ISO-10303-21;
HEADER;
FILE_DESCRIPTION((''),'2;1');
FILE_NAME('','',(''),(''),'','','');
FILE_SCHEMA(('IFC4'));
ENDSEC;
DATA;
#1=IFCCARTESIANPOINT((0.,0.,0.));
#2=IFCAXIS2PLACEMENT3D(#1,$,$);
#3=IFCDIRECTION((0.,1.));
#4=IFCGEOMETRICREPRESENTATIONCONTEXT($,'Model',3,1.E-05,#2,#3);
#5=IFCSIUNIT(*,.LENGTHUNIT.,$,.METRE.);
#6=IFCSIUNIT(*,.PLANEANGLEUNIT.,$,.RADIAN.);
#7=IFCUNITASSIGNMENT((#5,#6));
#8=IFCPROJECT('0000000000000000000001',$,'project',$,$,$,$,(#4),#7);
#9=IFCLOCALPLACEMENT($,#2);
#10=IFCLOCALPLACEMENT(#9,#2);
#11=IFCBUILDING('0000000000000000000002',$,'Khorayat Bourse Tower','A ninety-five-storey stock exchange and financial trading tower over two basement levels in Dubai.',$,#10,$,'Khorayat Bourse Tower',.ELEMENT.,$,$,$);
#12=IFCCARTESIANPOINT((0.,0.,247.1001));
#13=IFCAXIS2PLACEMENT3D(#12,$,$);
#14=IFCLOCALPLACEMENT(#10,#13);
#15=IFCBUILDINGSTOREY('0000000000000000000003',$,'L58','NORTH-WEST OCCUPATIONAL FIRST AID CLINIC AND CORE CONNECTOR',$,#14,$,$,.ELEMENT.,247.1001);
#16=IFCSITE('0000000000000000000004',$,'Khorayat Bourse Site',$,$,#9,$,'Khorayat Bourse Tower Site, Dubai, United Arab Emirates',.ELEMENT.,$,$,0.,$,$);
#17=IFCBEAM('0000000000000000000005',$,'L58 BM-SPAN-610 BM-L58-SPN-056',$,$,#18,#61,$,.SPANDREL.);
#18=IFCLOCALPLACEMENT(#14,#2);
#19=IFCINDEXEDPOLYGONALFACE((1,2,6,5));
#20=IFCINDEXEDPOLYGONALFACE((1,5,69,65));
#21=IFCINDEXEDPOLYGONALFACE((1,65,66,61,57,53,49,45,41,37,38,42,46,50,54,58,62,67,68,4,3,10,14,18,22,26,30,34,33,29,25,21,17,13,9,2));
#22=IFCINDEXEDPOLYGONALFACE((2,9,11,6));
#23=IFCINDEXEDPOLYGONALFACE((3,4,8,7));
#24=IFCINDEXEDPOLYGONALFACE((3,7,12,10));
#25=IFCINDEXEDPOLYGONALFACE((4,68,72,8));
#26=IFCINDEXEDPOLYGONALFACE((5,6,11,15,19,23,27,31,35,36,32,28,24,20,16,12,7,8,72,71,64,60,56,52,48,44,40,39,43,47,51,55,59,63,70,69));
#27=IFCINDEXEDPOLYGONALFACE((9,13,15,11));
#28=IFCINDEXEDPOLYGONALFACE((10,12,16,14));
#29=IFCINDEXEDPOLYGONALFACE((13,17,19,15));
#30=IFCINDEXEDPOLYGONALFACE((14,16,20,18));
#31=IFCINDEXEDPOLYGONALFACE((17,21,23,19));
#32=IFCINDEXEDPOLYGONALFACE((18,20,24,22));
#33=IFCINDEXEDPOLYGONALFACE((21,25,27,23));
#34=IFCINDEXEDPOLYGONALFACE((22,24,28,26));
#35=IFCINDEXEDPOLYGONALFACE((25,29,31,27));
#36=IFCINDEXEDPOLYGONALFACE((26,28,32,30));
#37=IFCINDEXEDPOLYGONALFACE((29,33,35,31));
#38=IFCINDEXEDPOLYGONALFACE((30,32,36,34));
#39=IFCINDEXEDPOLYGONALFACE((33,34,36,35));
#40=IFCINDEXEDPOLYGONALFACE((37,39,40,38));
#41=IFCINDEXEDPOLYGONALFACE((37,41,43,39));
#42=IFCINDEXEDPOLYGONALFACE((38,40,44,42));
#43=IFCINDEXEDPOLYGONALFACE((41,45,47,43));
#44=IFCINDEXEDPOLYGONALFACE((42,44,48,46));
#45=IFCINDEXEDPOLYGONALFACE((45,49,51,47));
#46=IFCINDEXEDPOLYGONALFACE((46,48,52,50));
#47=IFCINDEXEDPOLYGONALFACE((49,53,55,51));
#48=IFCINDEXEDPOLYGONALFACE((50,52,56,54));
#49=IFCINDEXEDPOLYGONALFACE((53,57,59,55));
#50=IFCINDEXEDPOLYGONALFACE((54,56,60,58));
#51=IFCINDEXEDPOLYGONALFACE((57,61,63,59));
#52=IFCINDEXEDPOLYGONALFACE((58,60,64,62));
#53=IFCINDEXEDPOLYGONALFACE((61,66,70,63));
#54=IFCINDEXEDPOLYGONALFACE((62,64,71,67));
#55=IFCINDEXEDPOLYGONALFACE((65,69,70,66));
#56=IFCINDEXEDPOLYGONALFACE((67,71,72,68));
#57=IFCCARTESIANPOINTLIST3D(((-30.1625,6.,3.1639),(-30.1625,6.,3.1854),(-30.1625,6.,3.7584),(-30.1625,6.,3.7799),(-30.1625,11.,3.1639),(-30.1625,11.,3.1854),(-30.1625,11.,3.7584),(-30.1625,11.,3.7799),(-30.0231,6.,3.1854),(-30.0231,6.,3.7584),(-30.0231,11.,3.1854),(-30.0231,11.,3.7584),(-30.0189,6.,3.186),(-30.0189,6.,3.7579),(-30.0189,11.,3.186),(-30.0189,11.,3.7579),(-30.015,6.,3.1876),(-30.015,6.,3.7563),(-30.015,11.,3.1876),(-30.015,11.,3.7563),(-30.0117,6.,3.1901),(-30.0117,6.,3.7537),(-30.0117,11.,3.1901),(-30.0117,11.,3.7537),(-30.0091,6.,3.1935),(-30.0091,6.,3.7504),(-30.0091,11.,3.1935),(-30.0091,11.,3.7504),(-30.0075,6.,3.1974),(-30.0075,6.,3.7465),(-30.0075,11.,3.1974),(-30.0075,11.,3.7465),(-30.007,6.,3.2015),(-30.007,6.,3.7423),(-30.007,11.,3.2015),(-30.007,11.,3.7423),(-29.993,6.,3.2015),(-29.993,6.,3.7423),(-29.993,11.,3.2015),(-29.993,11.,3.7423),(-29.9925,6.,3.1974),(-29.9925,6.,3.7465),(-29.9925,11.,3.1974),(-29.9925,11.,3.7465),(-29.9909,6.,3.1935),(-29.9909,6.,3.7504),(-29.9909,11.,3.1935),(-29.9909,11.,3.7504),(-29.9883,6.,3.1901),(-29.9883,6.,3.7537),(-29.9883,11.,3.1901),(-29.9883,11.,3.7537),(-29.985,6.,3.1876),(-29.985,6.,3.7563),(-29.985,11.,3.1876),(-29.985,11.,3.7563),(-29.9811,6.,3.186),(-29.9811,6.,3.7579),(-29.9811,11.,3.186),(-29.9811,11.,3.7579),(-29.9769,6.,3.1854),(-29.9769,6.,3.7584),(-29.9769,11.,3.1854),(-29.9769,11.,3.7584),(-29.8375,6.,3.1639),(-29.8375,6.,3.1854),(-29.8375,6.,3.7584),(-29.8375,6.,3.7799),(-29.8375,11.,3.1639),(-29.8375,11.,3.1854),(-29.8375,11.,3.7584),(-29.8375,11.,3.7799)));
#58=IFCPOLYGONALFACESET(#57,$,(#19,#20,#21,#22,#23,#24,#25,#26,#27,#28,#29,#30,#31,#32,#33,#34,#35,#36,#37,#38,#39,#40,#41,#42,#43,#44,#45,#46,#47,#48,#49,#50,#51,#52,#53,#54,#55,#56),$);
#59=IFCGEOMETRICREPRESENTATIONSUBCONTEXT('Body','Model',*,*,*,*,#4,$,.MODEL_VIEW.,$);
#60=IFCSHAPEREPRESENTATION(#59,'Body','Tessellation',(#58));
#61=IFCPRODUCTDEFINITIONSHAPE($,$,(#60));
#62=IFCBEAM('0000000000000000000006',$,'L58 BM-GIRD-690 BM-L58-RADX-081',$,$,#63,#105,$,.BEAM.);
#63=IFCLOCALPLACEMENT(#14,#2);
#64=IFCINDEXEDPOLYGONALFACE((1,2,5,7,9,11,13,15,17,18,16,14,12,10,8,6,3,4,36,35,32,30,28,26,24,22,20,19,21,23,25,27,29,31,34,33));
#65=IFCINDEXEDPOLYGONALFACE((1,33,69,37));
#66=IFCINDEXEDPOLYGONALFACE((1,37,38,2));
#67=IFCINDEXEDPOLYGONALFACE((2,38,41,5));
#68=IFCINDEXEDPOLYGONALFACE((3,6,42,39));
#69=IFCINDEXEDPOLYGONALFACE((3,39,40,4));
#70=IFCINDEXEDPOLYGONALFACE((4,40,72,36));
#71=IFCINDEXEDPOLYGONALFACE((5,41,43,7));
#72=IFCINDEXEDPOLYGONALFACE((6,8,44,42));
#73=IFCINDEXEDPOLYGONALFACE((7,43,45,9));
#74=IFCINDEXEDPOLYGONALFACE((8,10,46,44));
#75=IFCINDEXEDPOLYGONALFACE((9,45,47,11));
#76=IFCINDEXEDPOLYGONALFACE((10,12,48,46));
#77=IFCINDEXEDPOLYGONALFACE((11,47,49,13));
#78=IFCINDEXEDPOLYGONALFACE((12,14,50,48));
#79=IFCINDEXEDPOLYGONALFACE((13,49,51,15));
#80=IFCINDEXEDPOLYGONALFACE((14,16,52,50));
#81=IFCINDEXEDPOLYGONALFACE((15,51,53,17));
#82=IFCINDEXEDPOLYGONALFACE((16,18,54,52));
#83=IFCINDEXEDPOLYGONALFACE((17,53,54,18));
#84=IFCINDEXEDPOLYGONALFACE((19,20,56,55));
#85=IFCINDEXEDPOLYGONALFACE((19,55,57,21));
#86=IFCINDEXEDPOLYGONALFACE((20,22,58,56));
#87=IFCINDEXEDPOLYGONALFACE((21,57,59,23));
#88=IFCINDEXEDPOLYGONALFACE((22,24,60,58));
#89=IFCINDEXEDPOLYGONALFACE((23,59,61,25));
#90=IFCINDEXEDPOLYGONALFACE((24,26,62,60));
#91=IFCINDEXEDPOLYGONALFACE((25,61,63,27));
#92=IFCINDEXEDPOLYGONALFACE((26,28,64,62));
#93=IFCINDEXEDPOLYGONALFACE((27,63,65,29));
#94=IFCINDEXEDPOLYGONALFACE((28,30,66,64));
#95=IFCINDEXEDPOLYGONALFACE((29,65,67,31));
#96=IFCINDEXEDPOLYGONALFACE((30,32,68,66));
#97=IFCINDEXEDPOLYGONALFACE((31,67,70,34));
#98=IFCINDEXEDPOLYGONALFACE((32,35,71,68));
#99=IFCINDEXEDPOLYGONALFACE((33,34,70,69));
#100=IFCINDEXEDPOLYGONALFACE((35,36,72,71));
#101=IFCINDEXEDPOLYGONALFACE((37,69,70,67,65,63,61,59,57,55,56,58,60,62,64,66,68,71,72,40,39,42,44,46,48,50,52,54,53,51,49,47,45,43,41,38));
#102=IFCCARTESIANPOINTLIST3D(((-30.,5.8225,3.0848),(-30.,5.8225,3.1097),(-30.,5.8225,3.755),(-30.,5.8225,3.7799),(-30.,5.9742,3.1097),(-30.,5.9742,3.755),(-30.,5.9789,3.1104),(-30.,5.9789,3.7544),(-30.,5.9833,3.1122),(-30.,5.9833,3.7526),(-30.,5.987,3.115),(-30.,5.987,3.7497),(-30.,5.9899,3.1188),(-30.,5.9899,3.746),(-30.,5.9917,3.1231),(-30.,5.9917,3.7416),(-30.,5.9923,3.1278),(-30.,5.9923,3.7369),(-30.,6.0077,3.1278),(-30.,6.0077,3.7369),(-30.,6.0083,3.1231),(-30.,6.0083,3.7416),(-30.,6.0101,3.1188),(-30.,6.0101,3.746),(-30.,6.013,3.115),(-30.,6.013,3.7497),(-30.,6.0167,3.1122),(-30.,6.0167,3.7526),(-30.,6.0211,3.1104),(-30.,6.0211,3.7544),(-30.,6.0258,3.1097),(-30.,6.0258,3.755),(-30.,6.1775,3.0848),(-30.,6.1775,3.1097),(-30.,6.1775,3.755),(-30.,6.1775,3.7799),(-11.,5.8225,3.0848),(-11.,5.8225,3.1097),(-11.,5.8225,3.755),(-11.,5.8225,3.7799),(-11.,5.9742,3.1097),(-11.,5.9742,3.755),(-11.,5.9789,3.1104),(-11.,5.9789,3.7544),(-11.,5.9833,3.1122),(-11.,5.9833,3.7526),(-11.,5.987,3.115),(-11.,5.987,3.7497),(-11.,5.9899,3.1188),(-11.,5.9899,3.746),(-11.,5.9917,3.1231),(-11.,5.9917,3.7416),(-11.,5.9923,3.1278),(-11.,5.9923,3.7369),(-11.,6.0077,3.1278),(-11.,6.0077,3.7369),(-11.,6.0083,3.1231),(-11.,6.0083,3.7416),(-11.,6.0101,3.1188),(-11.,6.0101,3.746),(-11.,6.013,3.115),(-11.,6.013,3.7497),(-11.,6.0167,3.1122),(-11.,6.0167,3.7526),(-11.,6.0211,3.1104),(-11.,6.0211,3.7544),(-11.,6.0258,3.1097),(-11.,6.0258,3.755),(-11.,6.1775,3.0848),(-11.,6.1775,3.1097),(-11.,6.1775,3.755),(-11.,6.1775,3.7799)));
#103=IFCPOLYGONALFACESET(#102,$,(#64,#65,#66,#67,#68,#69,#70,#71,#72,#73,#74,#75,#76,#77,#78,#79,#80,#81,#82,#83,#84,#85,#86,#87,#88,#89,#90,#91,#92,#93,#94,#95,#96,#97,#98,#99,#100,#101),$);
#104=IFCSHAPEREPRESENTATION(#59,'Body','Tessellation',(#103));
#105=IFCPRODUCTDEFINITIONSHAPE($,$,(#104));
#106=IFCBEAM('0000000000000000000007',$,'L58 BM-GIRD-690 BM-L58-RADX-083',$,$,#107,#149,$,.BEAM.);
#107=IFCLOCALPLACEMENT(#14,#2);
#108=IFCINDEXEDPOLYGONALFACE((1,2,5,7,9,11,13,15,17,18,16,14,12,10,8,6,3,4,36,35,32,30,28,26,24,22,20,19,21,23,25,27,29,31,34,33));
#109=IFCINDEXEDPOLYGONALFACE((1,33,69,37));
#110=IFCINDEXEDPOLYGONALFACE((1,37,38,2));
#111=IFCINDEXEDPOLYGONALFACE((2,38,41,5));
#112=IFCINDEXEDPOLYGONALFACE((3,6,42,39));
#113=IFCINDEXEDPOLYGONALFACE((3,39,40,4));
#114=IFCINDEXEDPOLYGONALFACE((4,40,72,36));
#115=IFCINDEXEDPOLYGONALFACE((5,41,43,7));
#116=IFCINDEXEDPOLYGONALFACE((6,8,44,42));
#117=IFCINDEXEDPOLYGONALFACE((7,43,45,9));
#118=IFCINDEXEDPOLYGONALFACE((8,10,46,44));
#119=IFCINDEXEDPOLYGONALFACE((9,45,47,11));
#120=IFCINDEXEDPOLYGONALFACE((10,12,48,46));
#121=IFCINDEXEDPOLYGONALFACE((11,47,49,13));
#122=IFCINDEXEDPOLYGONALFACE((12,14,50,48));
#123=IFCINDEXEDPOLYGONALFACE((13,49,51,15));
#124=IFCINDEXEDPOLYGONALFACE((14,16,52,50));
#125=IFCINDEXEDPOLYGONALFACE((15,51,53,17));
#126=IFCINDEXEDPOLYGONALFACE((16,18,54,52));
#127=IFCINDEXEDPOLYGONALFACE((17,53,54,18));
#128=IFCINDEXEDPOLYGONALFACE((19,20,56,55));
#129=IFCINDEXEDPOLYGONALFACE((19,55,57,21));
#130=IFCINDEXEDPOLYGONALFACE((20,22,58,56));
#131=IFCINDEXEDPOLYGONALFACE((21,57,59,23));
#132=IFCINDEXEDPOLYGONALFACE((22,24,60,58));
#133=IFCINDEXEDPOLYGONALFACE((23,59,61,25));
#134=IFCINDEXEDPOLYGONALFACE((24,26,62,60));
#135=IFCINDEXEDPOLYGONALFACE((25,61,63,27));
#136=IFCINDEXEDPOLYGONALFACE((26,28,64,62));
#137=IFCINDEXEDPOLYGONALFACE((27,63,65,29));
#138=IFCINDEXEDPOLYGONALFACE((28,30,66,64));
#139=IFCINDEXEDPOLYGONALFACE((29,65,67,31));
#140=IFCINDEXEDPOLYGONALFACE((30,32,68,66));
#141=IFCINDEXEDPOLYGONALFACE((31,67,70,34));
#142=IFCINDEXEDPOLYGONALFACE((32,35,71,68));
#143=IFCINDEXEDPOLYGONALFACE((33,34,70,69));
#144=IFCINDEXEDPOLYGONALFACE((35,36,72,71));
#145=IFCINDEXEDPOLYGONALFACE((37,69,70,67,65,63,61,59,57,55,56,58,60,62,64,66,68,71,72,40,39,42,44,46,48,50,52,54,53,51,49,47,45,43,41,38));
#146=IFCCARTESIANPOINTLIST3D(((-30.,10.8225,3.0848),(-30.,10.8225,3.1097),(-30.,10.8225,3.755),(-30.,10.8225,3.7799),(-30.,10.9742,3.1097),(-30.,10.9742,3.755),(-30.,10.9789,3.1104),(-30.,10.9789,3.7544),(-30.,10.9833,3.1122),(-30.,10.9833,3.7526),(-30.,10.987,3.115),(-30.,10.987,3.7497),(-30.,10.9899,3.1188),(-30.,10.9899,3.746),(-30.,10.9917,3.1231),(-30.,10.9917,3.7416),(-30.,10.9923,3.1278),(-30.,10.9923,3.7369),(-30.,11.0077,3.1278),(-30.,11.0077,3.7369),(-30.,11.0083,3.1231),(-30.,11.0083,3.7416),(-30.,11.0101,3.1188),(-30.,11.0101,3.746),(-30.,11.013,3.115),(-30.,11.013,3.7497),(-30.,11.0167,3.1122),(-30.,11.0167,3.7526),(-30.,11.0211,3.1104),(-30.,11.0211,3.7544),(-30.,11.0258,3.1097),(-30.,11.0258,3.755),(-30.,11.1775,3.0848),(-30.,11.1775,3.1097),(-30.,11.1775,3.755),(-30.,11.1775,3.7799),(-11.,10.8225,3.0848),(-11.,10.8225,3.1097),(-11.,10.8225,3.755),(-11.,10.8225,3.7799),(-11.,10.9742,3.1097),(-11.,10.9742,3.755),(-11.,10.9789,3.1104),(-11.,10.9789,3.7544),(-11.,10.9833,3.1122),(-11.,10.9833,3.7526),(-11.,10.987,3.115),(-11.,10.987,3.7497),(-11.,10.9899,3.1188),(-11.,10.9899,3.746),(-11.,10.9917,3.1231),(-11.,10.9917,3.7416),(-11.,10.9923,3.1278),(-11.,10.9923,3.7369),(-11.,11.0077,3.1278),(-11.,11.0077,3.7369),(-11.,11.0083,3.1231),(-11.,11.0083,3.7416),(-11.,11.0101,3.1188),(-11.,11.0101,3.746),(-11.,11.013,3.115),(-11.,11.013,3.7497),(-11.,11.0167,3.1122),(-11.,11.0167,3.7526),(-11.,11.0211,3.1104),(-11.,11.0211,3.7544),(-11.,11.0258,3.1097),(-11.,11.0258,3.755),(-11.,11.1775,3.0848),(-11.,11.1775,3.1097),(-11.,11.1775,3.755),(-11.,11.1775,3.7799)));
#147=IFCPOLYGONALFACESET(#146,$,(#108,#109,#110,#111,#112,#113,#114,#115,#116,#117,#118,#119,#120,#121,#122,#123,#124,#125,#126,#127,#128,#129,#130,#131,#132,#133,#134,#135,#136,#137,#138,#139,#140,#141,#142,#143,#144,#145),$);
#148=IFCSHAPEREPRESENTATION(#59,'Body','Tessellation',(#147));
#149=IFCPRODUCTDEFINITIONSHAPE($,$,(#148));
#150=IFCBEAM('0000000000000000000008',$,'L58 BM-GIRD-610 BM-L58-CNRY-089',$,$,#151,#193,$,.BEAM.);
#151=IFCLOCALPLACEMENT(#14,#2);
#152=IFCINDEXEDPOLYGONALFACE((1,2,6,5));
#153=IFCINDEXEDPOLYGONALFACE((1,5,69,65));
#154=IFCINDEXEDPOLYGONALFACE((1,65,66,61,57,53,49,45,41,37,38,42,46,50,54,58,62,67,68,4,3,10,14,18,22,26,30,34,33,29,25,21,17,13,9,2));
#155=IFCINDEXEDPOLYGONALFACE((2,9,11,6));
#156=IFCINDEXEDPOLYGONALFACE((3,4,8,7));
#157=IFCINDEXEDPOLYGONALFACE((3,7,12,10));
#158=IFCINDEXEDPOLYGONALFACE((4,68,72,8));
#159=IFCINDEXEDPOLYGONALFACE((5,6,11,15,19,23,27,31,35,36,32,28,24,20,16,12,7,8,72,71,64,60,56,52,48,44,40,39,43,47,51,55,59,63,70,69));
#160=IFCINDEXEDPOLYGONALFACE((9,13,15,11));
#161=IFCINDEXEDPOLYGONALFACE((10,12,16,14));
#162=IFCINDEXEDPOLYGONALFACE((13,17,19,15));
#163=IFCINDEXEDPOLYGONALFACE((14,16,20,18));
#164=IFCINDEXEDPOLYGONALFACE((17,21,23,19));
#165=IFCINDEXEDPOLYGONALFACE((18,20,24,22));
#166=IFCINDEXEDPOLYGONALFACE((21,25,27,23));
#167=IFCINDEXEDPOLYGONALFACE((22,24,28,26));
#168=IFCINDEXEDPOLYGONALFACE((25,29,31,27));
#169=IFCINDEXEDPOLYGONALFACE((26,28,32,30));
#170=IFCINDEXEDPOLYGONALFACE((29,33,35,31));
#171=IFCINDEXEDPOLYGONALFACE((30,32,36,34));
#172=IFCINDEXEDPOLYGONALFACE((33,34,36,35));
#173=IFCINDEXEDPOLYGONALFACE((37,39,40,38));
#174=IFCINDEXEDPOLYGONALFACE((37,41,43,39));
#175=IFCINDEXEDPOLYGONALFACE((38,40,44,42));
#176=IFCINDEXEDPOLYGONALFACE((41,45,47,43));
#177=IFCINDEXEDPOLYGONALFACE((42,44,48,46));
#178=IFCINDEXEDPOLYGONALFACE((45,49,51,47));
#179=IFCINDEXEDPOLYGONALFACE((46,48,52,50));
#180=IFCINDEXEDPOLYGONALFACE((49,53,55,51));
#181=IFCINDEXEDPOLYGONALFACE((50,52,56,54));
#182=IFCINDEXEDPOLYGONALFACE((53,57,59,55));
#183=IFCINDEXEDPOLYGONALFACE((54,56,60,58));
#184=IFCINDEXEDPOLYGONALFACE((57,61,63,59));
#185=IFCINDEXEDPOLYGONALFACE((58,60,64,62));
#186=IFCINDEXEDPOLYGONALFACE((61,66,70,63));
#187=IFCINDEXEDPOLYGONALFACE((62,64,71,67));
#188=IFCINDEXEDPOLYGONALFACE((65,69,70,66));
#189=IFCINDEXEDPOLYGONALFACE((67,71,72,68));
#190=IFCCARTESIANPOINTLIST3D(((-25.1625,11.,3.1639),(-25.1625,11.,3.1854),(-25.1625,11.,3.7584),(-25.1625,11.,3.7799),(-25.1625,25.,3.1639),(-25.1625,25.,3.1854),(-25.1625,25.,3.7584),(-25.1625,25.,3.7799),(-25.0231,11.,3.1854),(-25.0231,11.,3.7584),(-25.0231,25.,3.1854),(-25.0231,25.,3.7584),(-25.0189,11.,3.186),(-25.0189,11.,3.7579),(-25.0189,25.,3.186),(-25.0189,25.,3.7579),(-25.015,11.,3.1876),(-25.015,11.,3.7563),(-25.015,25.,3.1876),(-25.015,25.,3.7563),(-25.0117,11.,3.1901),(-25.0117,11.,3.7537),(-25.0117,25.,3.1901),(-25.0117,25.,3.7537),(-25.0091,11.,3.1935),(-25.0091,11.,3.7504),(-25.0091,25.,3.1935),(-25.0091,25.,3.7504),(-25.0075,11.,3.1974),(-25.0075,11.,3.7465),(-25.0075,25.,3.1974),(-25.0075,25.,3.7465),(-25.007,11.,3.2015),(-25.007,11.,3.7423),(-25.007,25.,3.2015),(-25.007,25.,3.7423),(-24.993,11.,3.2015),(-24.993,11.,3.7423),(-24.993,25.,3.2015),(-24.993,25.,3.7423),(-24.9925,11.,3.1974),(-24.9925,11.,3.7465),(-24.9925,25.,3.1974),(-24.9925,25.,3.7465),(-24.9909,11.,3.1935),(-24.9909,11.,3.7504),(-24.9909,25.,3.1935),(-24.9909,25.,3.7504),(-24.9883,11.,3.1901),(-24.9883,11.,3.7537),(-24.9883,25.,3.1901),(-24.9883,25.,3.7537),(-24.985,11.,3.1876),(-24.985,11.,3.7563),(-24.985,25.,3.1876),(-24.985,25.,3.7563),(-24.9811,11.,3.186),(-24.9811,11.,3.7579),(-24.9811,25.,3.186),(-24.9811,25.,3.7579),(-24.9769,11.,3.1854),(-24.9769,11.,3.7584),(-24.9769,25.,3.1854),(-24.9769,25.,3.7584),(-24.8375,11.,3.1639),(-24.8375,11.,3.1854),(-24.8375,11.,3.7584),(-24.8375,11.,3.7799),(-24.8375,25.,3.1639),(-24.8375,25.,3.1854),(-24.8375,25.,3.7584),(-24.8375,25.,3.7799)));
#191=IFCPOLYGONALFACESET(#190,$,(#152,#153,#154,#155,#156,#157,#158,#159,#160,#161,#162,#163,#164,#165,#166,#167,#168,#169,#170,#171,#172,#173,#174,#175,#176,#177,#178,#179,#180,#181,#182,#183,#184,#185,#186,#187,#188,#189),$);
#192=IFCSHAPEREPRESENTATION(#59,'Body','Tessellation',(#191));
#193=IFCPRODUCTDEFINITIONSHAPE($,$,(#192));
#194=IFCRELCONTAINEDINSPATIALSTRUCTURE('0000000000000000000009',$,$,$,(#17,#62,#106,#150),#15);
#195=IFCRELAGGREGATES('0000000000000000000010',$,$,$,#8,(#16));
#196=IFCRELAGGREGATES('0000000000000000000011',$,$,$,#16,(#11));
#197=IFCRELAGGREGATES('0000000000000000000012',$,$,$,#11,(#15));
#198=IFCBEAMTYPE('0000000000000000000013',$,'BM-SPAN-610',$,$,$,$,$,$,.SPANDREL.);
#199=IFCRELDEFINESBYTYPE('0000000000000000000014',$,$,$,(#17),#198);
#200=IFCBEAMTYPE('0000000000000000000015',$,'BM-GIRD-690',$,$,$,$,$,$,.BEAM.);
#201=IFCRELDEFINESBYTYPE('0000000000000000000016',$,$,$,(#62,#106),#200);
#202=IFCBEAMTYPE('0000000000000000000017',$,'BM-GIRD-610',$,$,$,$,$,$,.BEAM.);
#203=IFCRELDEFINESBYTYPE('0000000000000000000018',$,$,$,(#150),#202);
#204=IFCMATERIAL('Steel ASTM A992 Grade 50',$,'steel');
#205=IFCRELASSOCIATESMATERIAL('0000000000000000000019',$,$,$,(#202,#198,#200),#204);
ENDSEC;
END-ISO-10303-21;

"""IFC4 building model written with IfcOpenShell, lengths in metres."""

from ifc_helpers import new_model, si_unit, direction, frame, origin, origin_2d, place, context, subcontext, project, spatial, i_section, extrude, source, transform, mapped, material, material_profile, profile_set, type_object, element, save


model = new_model("IFC4")

# Units and contexts
model_context = context("Model", 3, precision=1e-05, world=origin(), true_north=direction((0.0, 1.0)))
body_context = subcontext(model_context, "Body", "Model", "MODEL_VIEW")
ifc_project = project(units=[si_unit("LENGTHUNIT", "METRE"), si_unit("PLANEANGLEUNIT", "RADIAN")], contexts=[model_context])

# Site, building, storey
site_placement = place(None, origin())
site = spatial("IfcSite", under=ifc_project, at=site_placement, Name="Khorayat Bourse Site", LongName="Khorayat Bourse Tower Site, Dubai, United Arab Emirates", CompositionType="ELEMENT", RefElevation=0.0)
building_placement = place(site_placement, origin())
building = spatial("IfcBuilding", under=site, at=building_placement, Name="Khorayat Bourse Tower", Description="A ninety-five-storey stock exchange and financial trading tower over two basement levels in Dubai.", LongName="Khorayat Bourse Tower", CompositionType="ELEMENT")
storey_placement = place(building_placement, frame((0.0, 0.0, 247.1001)))
storey = spatial("IfcBuildingStorey", under=building, at=storey_placement, Name="L58", Description="NORTH-WEST OCCUPATIONAL FIRST AID CLINIC AND CORE CONNECTOR", CompositionType="ELEMENT", Elevation=247.1001)

# Beams
ifc_material_1 = material(Name="Steel ASTM A992 Grade 50", Category="steel")
ifc_material_profile_1 = material_profile(ifc_material_1, i_section(OverallWidth=0.325, OverallDepth=0.616, WebThickness=0.0139, FlangeThickness=0.0215, FilletRadius=0.0161, at=origin_2d()), Name="W610X174")
ifc_profile_set_1 = profile_set([ifc_material_profile_1], Name="Steel ASTM A992 Grade 50")
beam_type_1 = type_object("IfcBeamType", Name="BM-GIRD-610", PredefinedType="BEAM", material=ifc_profile_set_1)
ifc_material_profile_2 = material_profile(ifc_material_1, i_section(OverallWidth=0.325, OverallDepth=0.616, WebThickness=0.0139, FlangeThickness=0.0215, FilletRadius=0.0161, at=origin_2d()), Name="W610X174")
ifc_profile_set_2 = profile_set([ifc_material_profile_2], Name="Steel ASTM A992 Grade 50")
beam_type_2 = type_object("IfcBeamType", Name="BM-SPAN-610", PredefinedType="SPANDREL", material=ifc_profile_set_2)
shared_shape_1 = source(origin(), body_context, "Body", "SweptSolid", [
    extrude(i_section(OverallWidth=0.325, OverallDepth=0.616, WebThickness=0.0139, FlangeThickness=0.0215, FilletRadius=0.0161, at=origin_2d()), origin(), (0.0, 0.0, 1.0), 5.0),
])
beam_1_placement = place(storey_placement, frame((-30.0, 6.0, 3.4719), z_axis=(0.0, 1.0, 0.0), x_axis=(-1.0, 0.0, 0.0)))
element("IfcBeam", 1, at=beam_1_placement, inside=storey, type_object=beam_type_2, Name="L58 BM-SPAN-610 BM-L58-SPN-056", PredefinedType="SPANDREL", context=body_context, shape_type="MappedRepresentation", body=[
    mapped(shared_shape_1, transform((0.0, 0.0, 0.0), scale=1.0)),
])
ifc_material_profile_3 = material_profile(ifc_material_1, i_section(OverallWidth=0.355, OverallDepth=0.6951, WebThickness=0.0154, FlangeThickness=0.0249, FilletRadius=0.0181, at=origin_2d()), Name="W690X217")
ifc_profile_set_3 = profile_set([ifc_material_profile_3], Name="Steel ASTM A992 Grade 50")
beam_type_3 = type_object("IfcBeamType", Name="BM-GIRD-690", PredefinedType="BEAM", material=ifc_profile_set_3)
shared_shape_2 = source(origin(), body_context, "Body", "SweptSolid", [
    extrude(i_section(OverallWidth=0.355, OverallDepth=0.6951, WebThickness=0.0154, FlangeThickness=0.0249, FilletRadius=0.0181, at=origin_2d()), origin(), (0.0, 0.0, 1.0), 19.0),
])
for number, where, z_axis, x_axis, name in (
    (2, (-30.0, 6.0, 3.4324), (1.0, 0.0, 0.0), (0.0, 1.0, 0.0), "L58 BM-GIRD-690 BM-L58-RADX-081"),
    (3, (-30.0, 11.0, 3.4324), (1.0, 0.0, 0.0), (0.0, 1.0, 0.0), "L58 BM-GIRD-690 BM-L58-RADX-083"),
):
    element("IfcBeam", number, at=place(storey_placement, frame(where, z_axis=z_axis, x_axis=x_axis)), inside=storey, type_object=beam_type_3, Name=name, PredefinedType="BEAM", context=body_context, shape_type="MappedRepresentation", body=[
        mapped(shared_shape_2, transform((0.0, 0.0, 0.0), scale=1.0)),
    ])
shared_shape_3 = source(origin(), body_context, "Body", "SweptSolid", [
    extrude(i_section(OverallWidth=0.325, OverallDepth=0.616, WebThickness=0.0139, FlangeThickness=0.0215, FilletRadius=0.0161, at=origin_2d()), origin(), (0.0, 0.0, 1.0), 14.0),
])
beam_2_placement = place(storey_placement, frame((-25.0, 11.0, 3.4719), z_axis=(0.0, 1.0, 0.0), x_axis=(-1.0, 0.0, 0.0)))
element("IfcBeam", 4, at=beam_2_placement, inside=storey, type_object=beam_type_1, Name="L58 BM-GIRD-610 BM-L58-CNRY-089", PredefinedType="BEAM", context=body_context, shape_type="MappedRepresentation", body=[
    mapped(shared_shape_3, transform((0.0, 0.0, 0.0), scale=1.0)),
])

save(model, "model.ifc")
